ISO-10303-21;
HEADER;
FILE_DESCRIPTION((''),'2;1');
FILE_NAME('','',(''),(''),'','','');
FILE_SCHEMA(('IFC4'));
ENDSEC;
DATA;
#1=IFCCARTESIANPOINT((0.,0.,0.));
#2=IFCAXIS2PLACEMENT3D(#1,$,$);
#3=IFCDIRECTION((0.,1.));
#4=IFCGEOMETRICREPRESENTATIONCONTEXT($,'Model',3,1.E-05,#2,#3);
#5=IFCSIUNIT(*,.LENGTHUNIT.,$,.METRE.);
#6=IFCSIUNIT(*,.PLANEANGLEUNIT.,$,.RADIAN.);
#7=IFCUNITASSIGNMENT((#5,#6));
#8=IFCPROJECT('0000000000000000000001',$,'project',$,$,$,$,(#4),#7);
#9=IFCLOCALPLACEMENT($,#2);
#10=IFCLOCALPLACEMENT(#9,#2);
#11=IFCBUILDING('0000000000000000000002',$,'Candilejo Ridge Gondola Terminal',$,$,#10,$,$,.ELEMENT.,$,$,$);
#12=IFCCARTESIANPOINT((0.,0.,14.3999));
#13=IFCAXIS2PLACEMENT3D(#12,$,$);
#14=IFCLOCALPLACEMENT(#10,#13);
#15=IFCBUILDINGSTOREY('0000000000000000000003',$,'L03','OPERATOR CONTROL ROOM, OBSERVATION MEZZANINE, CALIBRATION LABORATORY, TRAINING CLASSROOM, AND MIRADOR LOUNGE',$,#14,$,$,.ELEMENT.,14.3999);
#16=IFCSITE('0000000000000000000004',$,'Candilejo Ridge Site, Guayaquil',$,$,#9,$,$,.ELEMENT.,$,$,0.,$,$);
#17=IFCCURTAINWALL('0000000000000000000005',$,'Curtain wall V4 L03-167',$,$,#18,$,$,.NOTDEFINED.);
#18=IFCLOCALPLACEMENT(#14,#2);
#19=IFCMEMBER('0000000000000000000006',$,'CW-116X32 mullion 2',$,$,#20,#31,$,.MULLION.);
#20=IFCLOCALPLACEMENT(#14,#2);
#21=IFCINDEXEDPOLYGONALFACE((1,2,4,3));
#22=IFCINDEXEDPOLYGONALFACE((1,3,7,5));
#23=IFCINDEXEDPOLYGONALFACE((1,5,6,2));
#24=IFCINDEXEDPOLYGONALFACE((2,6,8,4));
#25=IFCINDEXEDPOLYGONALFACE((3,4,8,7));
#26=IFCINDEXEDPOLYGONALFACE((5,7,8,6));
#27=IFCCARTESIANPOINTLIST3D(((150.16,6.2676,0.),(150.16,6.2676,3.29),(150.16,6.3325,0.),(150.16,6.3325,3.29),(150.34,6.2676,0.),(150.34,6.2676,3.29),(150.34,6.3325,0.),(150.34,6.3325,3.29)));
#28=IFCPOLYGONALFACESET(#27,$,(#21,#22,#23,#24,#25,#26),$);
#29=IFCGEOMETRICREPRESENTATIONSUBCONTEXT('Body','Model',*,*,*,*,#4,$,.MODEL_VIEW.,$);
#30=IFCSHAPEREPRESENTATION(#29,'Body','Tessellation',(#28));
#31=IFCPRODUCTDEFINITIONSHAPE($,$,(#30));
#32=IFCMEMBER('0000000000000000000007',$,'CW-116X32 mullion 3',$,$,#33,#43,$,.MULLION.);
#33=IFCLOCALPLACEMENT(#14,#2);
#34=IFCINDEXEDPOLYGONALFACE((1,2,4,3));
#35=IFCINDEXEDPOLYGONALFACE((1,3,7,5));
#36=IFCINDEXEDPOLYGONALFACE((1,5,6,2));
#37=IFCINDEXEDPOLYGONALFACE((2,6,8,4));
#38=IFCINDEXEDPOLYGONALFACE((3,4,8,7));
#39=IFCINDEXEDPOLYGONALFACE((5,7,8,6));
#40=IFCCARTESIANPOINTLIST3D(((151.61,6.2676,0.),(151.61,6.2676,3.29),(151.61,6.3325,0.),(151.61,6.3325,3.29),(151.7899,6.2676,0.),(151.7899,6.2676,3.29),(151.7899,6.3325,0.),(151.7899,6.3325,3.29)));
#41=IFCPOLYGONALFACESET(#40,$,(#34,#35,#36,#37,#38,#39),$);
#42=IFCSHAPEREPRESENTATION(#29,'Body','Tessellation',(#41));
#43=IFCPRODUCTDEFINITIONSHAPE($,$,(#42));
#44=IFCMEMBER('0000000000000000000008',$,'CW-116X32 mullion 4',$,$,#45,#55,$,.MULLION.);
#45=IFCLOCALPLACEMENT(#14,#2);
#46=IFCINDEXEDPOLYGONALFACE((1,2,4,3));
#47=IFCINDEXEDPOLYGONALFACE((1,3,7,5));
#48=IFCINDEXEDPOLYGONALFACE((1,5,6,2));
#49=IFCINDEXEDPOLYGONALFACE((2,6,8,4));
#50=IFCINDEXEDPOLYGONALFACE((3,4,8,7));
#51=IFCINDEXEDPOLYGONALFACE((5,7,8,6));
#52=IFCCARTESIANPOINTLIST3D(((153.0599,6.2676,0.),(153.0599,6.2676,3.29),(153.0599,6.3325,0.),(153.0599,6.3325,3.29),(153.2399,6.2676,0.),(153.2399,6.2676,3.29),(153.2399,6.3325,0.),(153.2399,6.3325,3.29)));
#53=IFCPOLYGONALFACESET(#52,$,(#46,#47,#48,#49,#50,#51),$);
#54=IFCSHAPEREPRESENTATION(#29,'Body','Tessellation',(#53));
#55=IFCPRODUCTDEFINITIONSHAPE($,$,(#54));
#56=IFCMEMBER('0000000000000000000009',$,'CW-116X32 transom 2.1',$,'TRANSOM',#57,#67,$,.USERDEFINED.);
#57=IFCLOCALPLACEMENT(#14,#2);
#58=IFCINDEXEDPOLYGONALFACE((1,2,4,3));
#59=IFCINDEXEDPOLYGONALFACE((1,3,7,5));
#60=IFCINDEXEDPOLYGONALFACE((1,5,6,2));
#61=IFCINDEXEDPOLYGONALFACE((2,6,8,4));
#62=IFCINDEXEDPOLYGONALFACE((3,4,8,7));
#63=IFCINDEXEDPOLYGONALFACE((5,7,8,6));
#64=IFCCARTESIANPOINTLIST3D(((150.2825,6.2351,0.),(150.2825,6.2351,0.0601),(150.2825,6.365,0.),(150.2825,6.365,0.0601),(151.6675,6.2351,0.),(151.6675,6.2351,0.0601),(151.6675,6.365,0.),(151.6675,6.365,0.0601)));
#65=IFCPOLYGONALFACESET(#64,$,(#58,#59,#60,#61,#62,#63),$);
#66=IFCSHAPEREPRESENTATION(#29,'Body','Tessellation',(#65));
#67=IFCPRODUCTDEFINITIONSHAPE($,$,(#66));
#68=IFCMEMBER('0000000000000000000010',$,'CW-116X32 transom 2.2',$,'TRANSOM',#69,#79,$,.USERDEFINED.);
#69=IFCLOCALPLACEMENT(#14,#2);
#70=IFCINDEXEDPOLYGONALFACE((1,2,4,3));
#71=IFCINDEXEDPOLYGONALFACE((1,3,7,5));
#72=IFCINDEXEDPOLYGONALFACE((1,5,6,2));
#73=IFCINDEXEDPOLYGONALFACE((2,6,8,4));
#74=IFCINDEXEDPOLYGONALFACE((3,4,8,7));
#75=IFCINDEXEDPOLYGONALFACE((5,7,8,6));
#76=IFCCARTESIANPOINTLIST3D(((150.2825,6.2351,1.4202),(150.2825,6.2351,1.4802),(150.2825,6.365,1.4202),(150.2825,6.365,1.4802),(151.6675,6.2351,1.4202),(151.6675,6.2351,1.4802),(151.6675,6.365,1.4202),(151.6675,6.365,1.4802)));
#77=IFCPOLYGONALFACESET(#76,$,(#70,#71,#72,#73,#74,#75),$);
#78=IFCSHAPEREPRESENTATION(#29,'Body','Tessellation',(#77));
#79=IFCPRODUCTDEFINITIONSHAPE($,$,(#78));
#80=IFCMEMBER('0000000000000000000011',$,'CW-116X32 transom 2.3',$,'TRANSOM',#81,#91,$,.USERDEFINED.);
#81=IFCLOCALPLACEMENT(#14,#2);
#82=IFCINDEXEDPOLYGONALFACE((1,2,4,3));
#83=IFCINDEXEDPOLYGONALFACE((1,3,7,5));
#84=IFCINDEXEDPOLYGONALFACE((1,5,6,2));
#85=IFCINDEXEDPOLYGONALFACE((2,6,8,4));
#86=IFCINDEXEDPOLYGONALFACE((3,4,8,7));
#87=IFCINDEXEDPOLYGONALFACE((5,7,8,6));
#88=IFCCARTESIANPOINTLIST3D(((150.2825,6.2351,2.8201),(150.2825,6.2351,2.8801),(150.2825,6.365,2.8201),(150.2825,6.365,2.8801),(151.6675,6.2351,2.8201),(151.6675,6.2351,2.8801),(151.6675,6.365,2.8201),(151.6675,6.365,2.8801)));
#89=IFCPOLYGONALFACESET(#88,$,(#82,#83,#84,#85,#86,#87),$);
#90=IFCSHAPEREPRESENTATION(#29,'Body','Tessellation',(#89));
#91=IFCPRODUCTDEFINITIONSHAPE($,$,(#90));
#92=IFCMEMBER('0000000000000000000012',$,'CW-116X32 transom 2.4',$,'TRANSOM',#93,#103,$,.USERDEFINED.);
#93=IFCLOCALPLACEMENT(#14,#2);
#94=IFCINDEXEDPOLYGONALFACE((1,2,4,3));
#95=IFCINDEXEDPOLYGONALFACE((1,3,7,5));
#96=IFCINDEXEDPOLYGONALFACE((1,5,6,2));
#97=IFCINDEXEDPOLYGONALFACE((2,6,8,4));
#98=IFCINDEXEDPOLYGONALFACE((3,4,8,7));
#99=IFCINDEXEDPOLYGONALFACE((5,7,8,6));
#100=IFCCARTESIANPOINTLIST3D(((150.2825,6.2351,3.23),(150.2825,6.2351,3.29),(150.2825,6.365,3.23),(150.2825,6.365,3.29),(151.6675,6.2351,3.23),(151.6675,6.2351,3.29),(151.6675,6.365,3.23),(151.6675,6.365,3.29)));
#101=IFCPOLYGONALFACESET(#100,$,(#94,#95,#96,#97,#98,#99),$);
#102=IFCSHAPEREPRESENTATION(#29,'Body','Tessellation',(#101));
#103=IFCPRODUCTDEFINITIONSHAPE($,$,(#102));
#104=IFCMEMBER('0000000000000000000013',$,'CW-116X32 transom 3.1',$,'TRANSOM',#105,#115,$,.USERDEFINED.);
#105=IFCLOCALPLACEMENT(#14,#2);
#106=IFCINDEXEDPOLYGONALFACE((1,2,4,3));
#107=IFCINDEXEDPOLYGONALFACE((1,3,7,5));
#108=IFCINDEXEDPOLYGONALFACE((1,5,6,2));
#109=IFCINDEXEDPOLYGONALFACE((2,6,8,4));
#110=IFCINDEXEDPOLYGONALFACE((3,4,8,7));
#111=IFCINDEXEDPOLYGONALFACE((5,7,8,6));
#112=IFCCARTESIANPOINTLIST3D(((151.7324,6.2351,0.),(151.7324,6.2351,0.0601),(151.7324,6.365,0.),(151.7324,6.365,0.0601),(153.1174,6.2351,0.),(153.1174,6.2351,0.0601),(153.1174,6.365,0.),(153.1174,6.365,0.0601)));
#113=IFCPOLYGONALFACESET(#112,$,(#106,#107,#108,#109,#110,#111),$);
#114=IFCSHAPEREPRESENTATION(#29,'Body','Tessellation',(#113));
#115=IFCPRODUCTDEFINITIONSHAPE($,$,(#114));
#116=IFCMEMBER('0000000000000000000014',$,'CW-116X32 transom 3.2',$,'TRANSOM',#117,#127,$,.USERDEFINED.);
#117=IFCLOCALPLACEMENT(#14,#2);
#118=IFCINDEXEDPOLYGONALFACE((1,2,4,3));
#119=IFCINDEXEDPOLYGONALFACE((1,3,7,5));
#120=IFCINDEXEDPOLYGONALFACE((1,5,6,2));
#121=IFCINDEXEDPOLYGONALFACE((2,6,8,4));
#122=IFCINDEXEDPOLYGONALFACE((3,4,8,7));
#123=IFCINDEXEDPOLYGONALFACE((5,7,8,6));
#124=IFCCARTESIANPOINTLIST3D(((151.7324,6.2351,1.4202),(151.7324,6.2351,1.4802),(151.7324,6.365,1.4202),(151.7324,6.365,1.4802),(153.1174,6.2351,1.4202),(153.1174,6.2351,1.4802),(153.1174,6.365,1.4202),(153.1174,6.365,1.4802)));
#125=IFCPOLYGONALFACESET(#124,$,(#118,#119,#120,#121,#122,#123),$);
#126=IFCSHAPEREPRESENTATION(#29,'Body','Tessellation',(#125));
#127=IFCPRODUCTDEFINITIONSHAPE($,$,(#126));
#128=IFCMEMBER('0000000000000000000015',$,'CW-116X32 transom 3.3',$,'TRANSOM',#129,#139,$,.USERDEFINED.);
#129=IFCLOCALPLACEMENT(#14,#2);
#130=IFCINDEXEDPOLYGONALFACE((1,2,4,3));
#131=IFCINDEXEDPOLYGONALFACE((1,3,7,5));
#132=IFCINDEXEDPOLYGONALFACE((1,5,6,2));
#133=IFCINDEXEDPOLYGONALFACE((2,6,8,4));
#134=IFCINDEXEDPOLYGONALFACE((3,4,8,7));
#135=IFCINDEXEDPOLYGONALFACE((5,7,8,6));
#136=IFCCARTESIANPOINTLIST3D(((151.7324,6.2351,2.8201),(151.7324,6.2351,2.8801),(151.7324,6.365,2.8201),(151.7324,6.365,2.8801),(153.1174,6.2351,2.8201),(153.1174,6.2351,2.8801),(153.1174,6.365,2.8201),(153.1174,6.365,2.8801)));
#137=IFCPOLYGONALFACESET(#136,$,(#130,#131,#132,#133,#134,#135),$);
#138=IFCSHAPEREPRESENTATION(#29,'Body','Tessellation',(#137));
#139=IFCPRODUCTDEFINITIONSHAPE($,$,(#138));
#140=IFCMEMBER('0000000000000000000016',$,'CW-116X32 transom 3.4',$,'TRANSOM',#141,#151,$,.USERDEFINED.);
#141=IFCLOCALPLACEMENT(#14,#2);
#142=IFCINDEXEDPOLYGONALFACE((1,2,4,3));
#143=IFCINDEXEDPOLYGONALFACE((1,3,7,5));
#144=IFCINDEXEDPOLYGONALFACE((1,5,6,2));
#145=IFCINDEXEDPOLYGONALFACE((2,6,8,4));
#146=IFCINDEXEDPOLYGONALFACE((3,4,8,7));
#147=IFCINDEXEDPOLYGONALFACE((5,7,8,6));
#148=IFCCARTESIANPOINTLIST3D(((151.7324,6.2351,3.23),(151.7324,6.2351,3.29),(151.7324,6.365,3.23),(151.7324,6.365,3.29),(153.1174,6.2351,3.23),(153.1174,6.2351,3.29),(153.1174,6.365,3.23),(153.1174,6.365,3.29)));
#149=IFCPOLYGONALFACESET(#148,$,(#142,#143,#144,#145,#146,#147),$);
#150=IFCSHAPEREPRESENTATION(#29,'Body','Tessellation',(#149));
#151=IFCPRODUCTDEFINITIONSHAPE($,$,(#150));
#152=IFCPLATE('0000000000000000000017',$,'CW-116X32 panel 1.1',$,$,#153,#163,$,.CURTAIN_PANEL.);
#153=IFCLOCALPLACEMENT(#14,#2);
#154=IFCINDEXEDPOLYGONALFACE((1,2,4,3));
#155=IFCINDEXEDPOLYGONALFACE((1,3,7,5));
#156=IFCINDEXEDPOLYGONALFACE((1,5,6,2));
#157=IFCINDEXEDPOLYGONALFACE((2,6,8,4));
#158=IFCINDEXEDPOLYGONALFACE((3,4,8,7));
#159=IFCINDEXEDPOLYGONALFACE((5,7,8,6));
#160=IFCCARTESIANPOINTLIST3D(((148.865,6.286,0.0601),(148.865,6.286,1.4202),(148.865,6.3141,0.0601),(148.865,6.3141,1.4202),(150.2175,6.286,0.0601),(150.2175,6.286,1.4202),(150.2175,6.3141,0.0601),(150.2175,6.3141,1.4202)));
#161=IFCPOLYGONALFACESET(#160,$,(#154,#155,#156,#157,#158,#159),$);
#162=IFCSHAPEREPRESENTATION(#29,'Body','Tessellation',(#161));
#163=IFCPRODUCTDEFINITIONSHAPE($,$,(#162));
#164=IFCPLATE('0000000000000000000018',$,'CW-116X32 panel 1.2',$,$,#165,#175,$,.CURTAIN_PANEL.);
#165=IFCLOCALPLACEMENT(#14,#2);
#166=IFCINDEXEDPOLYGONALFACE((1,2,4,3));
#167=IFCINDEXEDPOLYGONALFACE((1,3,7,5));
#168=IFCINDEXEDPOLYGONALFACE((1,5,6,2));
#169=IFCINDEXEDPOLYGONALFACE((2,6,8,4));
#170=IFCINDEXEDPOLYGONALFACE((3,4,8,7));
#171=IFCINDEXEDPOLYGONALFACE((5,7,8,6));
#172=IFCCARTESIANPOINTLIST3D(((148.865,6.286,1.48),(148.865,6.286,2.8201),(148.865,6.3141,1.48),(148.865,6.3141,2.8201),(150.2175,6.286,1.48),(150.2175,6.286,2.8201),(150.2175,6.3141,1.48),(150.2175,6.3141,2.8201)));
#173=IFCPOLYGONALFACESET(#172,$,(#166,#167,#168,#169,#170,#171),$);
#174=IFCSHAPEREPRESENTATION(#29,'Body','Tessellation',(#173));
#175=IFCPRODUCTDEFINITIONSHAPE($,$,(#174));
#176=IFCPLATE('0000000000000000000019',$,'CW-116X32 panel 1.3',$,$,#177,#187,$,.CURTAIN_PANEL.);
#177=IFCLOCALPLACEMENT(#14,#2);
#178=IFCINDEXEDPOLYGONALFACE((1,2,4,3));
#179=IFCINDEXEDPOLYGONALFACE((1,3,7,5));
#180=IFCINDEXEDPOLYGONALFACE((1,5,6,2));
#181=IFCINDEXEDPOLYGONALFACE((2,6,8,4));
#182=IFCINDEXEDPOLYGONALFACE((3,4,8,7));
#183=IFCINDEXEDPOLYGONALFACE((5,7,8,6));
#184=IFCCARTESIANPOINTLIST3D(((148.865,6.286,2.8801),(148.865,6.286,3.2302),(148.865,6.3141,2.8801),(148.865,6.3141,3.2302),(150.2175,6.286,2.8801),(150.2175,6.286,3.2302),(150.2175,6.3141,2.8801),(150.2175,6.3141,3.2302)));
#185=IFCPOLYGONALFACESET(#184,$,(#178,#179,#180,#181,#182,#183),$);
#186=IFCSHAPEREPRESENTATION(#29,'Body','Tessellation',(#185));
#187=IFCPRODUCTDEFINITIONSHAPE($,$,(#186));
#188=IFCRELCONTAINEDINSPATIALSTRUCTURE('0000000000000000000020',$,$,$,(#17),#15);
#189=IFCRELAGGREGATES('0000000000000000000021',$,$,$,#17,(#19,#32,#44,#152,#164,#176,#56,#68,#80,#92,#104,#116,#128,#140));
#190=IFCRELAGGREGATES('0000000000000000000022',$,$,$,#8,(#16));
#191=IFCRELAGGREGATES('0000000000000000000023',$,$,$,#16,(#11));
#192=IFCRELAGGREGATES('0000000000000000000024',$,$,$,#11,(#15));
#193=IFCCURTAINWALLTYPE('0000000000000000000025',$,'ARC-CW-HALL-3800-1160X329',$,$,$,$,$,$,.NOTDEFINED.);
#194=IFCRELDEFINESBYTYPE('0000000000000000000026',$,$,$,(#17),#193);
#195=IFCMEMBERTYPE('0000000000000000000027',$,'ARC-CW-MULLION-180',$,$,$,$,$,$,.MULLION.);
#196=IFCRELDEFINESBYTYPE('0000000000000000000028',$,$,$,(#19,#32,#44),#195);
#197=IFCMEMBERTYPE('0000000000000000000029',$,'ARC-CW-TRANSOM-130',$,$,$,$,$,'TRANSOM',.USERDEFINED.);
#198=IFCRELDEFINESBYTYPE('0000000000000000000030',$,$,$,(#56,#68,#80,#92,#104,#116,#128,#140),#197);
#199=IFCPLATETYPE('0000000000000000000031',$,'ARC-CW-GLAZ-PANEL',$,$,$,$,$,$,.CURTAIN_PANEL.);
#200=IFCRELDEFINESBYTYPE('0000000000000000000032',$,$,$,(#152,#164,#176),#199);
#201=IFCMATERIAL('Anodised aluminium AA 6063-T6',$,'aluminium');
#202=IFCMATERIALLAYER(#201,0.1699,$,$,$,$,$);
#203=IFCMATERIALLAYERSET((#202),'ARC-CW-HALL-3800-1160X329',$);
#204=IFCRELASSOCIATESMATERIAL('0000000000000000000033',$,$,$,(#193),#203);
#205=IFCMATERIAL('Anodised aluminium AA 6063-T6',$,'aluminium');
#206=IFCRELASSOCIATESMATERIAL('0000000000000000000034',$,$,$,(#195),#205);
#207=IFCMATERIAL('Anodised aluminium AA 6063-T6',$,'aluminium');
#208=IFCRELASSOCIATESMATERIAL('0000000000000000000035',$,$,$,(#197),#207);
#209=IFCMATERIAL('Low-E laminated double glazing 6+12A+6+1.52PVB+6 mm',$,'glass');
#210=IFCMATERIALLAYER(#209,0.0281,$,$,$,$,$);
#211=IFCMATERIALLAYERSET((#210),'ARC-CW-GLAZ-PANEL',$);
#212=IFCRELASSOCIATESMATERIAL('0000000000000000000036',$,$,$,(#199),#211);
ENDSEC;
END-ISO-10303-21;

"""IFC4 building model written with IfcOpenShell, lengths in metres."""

from ifc_helpers import new_model, si_unit, direction, frame, origin, origin_2d, place, context, subcontext, project, spatial, rectangle, extrude, material, layer, layer_set, material_profile, profile_set, type_object, element, aggregate, save


model = new_model("IFC4")

# Units and contexts
model_context = context("Model", 3, precision=1e-05, world=origin(), true_north=direction((0.0, 1.0)))
body_context = subcontext(model_context, "Body", "Model", "MODEL_VIEW")
ifc_project = project(units=[si_unit("LENGTHUNIT", "METRE"), si_unit("PLANEANGLEUNIT", "RADIAN")], contexts=[model_context])

# Site, building, storey
site_placement = place(None, origin())
site = spatial("IfcSite", under=ifc_project, at=site_placement, Name="Candilejo Ridge Site, Guayaquil", CompositionType="ELEMENT", RefElevation=0.0)
building_placement = place(site_placement, origin())
building = spatial("IfcBuilding", under=site, at=building_placement, Name="Candilejo Ridge Gondola Terminal", CompositionType="ELEMENT")
storey_placement = place(building_placement, frame((0.0, 0.0, 14.3999)))
storey = spatial("IfcBuildingStorey", under=building, at=storey_placement, Name="L03", Description="OPERATOR CONTROL ROOM, OBSERVATION MEZZANINE, CALIBRATION LABORATORY, TRAINING CLASSROOM, AND MIRADOR LOUNGE", CompositionType="ELEMENT", Elevation=14.3999)

# Curtain wall, members, plates
ifc_material_1 = material(Name="Anodised aluminium AA 6063-T6", Category="aluminium")
ifc_layer_1 = layer(ifc_material_1, 0.1699)
ifc_layer_set_1 = layer_set([ifc_layer_1], Name="ARC-CW-HALL-3800-1160X329")
curtain_wall_type = type_object("IfcCurtainWallType", Name="ARC-CW-HALL-3800-1160X329", PredefinedType="NOTDEFINED", material=ifc_layer_set_1)
curtain_wall_placement = place(storey_placement, origin())
curtain_wall = element("IfcCurtainWall", 1, at=curtain_wall_placement, inside=storey, type_object=curtain_wall_type, Name="Curtain wall V4 L03-167", PredefinedType="NOTDEFINED")
ifc_material_2 = material(Name="Anodised aluminium AA 6063-T6", Category="aluminium")
ifc_material_profile_1 = material_profile(ifc_material_2, rectangle(XDim=0.0649, YDim=0.1799, at=origin_2d()))
ifc_profile_set_1 = profile_set([ifc_material_profile_1], Name="Anodised aluminium AA 6063-T6")
member_type_1 = type_object("IfcMemberType", Name="ARC-CW-MULLION-180", PredefinedType="MULLION", material=ifc_profile_set_1)
member_1_placement = place(storey_placement, frame((150.25, 6.3, 0.0), z_axis=(0.0, 0.0, 1.0), x_axis=(0.0, 1.0, 0.0)))
member_1 = element("IfcMember", 2, at=member_1_placement, type_object=member_type_1, Name="CW-116X32 mullion 2", PredefinedType="MULLION", context=body_context, shape_type="SweptSolid", body=[
    extrude(rectangle(XDim=0.0649, YDim=0.1799, at=origin_2d()), origin(), (0.0, 0.0, 1.0), 3.29),
])
member_2_placement = place(storey_placement, frame((151.7, 6.3, 0.0), z_axis=(0.0, 0.0, 1.0), x_axis=(0.0, 1.0, 0.0)))
member_2 = element("IfcMember", 3, at=member_2_placement, type_object=member_type_1, Name="CW-116X32 mullion 3", PredefinedType="MULLION", context=body_context, shape_type="SweptSolid", body=[
    extrude(rectangle(XDim=0.0649, YDim=0.1799, at=origin_2d()), origin(), (0.0, 0.0, 1.0), 3.29),
])
member_3_placement = place(storey_placement, frame((153.1499, 6.3, 0.0), z_axis=(0.0, 0.0, 1.0), x_axis=(0.0, 1.0, 0.0)))
member_3 = element("IfcMember", 4, at=member_3_placement, type_object=member_type_1, Name="CW-116X32 mullion 4", PredefinedType="MULLION", context=body_context, shape_type="SweptSolid", body=[
    extrude(rectangle(XDim=0.0649, YDim=0.1799, at=origin_2d()), origin(), (0.0, 0.0, 1.0), 3.29),
])
ifc_material_3 = material(Name="Anodised aluminium AA 6063-T6", Category="aluminium")
ifc_material_profile_2 = material_profile(ifc_material_3, rectangle(XDim=0.1299, YDim=0.0601, at=origin_2d()))
ifc_profile_set_2 = profile_set([ifc_material_profile_2], Name="Anodised aluminium AA 6063-T6")
member_type_2 = type_object("IfcMemberType", Name="ARC-CW-TRANSOM-130", ElementType="TRANSOM", PredefinedType="USERDEFINED", material=ifc_profile_set_2)
member_4_placement = place(storey_placement, frame((150.2825, 6.3, 0.03), z_axis=(1.0, 0.0, 0.0), x_axis=(0.0, 1.0, 0.0)))
member_4 = element("IfcMember", 5, at=member_4_placement, type_object=member_type_2, Name="CW-116X32 transom 2.1", ObjectType="TRANSOM", PredefinedType="USERDEFINED", context=body_context, shape_type="SweptSolid", body=[
    extrude(rectangle(XDim=0.1299, YDim=0.0601, at=origin_2d()), origin(), (0.0, 0.0, 1.0), 1.385),
])
member_5_placement = place(storey_placement, frame((150.2825, 6.3, 1.4502), z_axis=(1.0, 0.0, 0.0), x_axis=(0.0, 1.0, 0.0)))
member_5 = element("IfcMember", 6, at=member_5_placement, type_object=member_type_2, Name="CW-116X32 transom 2.2", ObjectType="TRANSOM", PredefinedType="USERDEFINED", context=body_context, shape_type="SweptSolid", body=[
    extrude(rectangle(XDim=0.1299, YDim=0.0601, at=origin_2d()), origin(), (0.0, 0.0, 1.0), 1.385),
])
member_6_placement = place(storey_placement, frame((150.2825, 6.3, 2.8501), z_axis=(1.0, 0.0, 0.0), x_axis=(0.0, 1.0, 0.0)))
member_6 = element("IfcMember", 7, at=member_6_placement, type_object=member_type_2, Name="CW-116X32 transom 2.3", ObjectType="TRANSOM", PredefinedType="USERDEFINED", context=body_context, shape_type="SweptSolid", body=[
    extrude(rectangle(XDim=0.1299, YDim=0.0601, at=origin_2d()), origin(), (0.0, 0.0, 1.0), 1.385),
])
member_7_placement = place(storey_placement, frame((150.2825, 6.3, 3.26), z_axis=(1.0, 0.0, 0.0), x_axis=(0.0, 1.0, 0.0)))
member_7 = element("IfcMember", 8, at=member_7_placement, type_object=member_type_2, Name="CW-116X32 transom 2.4", ObjectType="TRANSOM", PredefinedType="USERDEFINED", context=body_context, shape_type="SweptSolid", body=[
    extrude(rectangle(XDim=0.1299, YDim=0.0601, at=origin_2d()), origin(), (0.0, 0.0, 1.0), 1.385),
])
member_8_placement = place(storey_placement, frame((151.7324, 6.3, 0.03), z_axis=(1.0, 0.0, 0.0), x_axis=(0.0, 1.0, 0.0)))
member_8 = element("IfcMember", 9, at=member_8_placement, type_object=member_type_2, Name="CW-116X32 transom 3.1", ObjectType="TRANSOM", PredefinedType="USERDEFINED", context=body_context, shape_type="SweptSolid", body=[
    extrude(rectangle(XDim=0.1299, YDim=0.0601, at=origin_2d()), origin(), (0.0, 0.0, 1.0), 1.385),
])
member_9_placement = place(storey_placement, frame((151.7324, 6.3, 1.4502), z_axis=(1.0, 0.0, 0.0), x_axis=(0.0, 1.0, 0.0)))
member_9 = element("IfcMember", 10, at=member_9_placement, type_object=member_type_2, Name="CW-116X32 transom 3.2", ObjectType="TRANSOM", PredefinedType="USERDEFINED", context=body_context, shape_type="SweptSolid", body=[
    extrude(rectangle(XDim=0.1299, YDim=0.0601, at=origin_2d()), origin(), (0.0, 0.0, 1.0), 1.385),
])
member_10_placement = place(storey_placement, frame((151.7324, 6.3, 2.8501), z_axis=(1.0, 0.0, 0.0), x_axis=(0.0, 1.0, 0.0)))
member_10 = element("IfcMember", 11, at=member_10_placement, type_object=member_type_2, Name="CW-116X32 transom 3.3", ObjectType="TRANSOM", PredefinedType="USERDEFINED", context=body_context, shape_type="SweptSolid", body=[
    extrude(rectangle(XDim=0.1299, YDim=0.0601, at=origin_2d()), origin(), (0.0, 0.0, 1.0), 1.385),
])
member_11_placement = place(storey_placement, frame((151.7324, 6.3, 3.26), z_axis=(1.0, 0.0, 0.0), x_axis=(0.0, 1.0, 0.0)))
member_11 = element("IfcMember", 12, at=member_11_placement, type_object=member_type_2, Name="CW-116X32 transom 3.4", ObjectType="TRANSOM", PredefinedType="USERDEFINED", context=body_context, shape_type="SweptSolid", body=[
    extrude(rectangle(XDim=0.1299, YDim=0.0601, at=origin_2d()), origin(), (0.0, 0.0, 1.0), 1.385),
])
ifc_material_4 = material(Name="Low-E laminated double glazing 6+12A+6+1.52PVB+6 mm", Category="glass")
ifc_layer_2 = layer(ifc_material_4, 0.0281)
ifc_layer_set_2 = layer_set([ifc_layer_2], Name="ARC-CW-GLAZ-PANEL")
plate_type = type_object("IfcPlateType", Name="ARC-CW-GLAZ-PANEL", PredefinedType="CURTAIN_PANEL", material=ifc_layer_set_2)
plate_1_placement = place(storey_placement, frame((149.5413, 6.3, 0.0601), z_axis=(0.0, 0.0, 1.0), x_axis=(1.0, 0.0, 0.0)))
plate_1 = element("IfcPlate", 13, at=plate_1_placement, type_object=plate_type, Name="CW-116X32 panel 1.1", PredefinedType="CURTAIN_PANEL", context=body_context, shape_type="SweptSolid", body=[
    extrude(rectangle(XDim=1.3525, YDim=0.0281, at=origin_2d()), origin(), (0.0, 0.0, 1.0), 1.3601),
])
plate_2_placement = place(storey_placement, frame((149.5413, 6.3, 1.48), z_axis=(0.0, 0.0, 1.0), x_axis=(1.0, 0.0, 0.0)))
plate_2 = element("IfcPlate", 14, at=plate_2_placement, type_object=plate_type, Name="CW-116X32 panel 1.2", PredefinedType="CURTAIN_PANEL", context=body_context, shape_type="SweptSolid", body=[
    extrude(rectangle(XDim=1.3525, YDim=0.0281, at=origin_2d()), origin(), (0.0, 0.0, 1.0), 1.3401),
])
plate_3_placement = place(storey_placement, frame((149.5413, 6.3, 2.8801), z_axis=(0.0, 0.0, 1.0), x_axis=(1.0, 0.0, 0.0)))
plate_3 = element("IfcPlate", 15, at=plate_3_placement, type_object=plate_type, Name="CW-116X32 panel 1.3", PredefinedType="CURTAIN_PANEL", context=body_context, shape_type="SweptSolid", body=[
    extrude(rectangle(XDim=1.3525, YDim=0.0281, at=origin_2d()), origin(), (0.0, 0.0, 1.0), 0.3501),
])
aggregate(curtain_wall, [member_1, member_2, member_3, plate_1, plate_2, plate_3, member_4, member_5, member_6, member_7, member_8, member_9, member_10, member_11])

save(model, "model.ifc")
